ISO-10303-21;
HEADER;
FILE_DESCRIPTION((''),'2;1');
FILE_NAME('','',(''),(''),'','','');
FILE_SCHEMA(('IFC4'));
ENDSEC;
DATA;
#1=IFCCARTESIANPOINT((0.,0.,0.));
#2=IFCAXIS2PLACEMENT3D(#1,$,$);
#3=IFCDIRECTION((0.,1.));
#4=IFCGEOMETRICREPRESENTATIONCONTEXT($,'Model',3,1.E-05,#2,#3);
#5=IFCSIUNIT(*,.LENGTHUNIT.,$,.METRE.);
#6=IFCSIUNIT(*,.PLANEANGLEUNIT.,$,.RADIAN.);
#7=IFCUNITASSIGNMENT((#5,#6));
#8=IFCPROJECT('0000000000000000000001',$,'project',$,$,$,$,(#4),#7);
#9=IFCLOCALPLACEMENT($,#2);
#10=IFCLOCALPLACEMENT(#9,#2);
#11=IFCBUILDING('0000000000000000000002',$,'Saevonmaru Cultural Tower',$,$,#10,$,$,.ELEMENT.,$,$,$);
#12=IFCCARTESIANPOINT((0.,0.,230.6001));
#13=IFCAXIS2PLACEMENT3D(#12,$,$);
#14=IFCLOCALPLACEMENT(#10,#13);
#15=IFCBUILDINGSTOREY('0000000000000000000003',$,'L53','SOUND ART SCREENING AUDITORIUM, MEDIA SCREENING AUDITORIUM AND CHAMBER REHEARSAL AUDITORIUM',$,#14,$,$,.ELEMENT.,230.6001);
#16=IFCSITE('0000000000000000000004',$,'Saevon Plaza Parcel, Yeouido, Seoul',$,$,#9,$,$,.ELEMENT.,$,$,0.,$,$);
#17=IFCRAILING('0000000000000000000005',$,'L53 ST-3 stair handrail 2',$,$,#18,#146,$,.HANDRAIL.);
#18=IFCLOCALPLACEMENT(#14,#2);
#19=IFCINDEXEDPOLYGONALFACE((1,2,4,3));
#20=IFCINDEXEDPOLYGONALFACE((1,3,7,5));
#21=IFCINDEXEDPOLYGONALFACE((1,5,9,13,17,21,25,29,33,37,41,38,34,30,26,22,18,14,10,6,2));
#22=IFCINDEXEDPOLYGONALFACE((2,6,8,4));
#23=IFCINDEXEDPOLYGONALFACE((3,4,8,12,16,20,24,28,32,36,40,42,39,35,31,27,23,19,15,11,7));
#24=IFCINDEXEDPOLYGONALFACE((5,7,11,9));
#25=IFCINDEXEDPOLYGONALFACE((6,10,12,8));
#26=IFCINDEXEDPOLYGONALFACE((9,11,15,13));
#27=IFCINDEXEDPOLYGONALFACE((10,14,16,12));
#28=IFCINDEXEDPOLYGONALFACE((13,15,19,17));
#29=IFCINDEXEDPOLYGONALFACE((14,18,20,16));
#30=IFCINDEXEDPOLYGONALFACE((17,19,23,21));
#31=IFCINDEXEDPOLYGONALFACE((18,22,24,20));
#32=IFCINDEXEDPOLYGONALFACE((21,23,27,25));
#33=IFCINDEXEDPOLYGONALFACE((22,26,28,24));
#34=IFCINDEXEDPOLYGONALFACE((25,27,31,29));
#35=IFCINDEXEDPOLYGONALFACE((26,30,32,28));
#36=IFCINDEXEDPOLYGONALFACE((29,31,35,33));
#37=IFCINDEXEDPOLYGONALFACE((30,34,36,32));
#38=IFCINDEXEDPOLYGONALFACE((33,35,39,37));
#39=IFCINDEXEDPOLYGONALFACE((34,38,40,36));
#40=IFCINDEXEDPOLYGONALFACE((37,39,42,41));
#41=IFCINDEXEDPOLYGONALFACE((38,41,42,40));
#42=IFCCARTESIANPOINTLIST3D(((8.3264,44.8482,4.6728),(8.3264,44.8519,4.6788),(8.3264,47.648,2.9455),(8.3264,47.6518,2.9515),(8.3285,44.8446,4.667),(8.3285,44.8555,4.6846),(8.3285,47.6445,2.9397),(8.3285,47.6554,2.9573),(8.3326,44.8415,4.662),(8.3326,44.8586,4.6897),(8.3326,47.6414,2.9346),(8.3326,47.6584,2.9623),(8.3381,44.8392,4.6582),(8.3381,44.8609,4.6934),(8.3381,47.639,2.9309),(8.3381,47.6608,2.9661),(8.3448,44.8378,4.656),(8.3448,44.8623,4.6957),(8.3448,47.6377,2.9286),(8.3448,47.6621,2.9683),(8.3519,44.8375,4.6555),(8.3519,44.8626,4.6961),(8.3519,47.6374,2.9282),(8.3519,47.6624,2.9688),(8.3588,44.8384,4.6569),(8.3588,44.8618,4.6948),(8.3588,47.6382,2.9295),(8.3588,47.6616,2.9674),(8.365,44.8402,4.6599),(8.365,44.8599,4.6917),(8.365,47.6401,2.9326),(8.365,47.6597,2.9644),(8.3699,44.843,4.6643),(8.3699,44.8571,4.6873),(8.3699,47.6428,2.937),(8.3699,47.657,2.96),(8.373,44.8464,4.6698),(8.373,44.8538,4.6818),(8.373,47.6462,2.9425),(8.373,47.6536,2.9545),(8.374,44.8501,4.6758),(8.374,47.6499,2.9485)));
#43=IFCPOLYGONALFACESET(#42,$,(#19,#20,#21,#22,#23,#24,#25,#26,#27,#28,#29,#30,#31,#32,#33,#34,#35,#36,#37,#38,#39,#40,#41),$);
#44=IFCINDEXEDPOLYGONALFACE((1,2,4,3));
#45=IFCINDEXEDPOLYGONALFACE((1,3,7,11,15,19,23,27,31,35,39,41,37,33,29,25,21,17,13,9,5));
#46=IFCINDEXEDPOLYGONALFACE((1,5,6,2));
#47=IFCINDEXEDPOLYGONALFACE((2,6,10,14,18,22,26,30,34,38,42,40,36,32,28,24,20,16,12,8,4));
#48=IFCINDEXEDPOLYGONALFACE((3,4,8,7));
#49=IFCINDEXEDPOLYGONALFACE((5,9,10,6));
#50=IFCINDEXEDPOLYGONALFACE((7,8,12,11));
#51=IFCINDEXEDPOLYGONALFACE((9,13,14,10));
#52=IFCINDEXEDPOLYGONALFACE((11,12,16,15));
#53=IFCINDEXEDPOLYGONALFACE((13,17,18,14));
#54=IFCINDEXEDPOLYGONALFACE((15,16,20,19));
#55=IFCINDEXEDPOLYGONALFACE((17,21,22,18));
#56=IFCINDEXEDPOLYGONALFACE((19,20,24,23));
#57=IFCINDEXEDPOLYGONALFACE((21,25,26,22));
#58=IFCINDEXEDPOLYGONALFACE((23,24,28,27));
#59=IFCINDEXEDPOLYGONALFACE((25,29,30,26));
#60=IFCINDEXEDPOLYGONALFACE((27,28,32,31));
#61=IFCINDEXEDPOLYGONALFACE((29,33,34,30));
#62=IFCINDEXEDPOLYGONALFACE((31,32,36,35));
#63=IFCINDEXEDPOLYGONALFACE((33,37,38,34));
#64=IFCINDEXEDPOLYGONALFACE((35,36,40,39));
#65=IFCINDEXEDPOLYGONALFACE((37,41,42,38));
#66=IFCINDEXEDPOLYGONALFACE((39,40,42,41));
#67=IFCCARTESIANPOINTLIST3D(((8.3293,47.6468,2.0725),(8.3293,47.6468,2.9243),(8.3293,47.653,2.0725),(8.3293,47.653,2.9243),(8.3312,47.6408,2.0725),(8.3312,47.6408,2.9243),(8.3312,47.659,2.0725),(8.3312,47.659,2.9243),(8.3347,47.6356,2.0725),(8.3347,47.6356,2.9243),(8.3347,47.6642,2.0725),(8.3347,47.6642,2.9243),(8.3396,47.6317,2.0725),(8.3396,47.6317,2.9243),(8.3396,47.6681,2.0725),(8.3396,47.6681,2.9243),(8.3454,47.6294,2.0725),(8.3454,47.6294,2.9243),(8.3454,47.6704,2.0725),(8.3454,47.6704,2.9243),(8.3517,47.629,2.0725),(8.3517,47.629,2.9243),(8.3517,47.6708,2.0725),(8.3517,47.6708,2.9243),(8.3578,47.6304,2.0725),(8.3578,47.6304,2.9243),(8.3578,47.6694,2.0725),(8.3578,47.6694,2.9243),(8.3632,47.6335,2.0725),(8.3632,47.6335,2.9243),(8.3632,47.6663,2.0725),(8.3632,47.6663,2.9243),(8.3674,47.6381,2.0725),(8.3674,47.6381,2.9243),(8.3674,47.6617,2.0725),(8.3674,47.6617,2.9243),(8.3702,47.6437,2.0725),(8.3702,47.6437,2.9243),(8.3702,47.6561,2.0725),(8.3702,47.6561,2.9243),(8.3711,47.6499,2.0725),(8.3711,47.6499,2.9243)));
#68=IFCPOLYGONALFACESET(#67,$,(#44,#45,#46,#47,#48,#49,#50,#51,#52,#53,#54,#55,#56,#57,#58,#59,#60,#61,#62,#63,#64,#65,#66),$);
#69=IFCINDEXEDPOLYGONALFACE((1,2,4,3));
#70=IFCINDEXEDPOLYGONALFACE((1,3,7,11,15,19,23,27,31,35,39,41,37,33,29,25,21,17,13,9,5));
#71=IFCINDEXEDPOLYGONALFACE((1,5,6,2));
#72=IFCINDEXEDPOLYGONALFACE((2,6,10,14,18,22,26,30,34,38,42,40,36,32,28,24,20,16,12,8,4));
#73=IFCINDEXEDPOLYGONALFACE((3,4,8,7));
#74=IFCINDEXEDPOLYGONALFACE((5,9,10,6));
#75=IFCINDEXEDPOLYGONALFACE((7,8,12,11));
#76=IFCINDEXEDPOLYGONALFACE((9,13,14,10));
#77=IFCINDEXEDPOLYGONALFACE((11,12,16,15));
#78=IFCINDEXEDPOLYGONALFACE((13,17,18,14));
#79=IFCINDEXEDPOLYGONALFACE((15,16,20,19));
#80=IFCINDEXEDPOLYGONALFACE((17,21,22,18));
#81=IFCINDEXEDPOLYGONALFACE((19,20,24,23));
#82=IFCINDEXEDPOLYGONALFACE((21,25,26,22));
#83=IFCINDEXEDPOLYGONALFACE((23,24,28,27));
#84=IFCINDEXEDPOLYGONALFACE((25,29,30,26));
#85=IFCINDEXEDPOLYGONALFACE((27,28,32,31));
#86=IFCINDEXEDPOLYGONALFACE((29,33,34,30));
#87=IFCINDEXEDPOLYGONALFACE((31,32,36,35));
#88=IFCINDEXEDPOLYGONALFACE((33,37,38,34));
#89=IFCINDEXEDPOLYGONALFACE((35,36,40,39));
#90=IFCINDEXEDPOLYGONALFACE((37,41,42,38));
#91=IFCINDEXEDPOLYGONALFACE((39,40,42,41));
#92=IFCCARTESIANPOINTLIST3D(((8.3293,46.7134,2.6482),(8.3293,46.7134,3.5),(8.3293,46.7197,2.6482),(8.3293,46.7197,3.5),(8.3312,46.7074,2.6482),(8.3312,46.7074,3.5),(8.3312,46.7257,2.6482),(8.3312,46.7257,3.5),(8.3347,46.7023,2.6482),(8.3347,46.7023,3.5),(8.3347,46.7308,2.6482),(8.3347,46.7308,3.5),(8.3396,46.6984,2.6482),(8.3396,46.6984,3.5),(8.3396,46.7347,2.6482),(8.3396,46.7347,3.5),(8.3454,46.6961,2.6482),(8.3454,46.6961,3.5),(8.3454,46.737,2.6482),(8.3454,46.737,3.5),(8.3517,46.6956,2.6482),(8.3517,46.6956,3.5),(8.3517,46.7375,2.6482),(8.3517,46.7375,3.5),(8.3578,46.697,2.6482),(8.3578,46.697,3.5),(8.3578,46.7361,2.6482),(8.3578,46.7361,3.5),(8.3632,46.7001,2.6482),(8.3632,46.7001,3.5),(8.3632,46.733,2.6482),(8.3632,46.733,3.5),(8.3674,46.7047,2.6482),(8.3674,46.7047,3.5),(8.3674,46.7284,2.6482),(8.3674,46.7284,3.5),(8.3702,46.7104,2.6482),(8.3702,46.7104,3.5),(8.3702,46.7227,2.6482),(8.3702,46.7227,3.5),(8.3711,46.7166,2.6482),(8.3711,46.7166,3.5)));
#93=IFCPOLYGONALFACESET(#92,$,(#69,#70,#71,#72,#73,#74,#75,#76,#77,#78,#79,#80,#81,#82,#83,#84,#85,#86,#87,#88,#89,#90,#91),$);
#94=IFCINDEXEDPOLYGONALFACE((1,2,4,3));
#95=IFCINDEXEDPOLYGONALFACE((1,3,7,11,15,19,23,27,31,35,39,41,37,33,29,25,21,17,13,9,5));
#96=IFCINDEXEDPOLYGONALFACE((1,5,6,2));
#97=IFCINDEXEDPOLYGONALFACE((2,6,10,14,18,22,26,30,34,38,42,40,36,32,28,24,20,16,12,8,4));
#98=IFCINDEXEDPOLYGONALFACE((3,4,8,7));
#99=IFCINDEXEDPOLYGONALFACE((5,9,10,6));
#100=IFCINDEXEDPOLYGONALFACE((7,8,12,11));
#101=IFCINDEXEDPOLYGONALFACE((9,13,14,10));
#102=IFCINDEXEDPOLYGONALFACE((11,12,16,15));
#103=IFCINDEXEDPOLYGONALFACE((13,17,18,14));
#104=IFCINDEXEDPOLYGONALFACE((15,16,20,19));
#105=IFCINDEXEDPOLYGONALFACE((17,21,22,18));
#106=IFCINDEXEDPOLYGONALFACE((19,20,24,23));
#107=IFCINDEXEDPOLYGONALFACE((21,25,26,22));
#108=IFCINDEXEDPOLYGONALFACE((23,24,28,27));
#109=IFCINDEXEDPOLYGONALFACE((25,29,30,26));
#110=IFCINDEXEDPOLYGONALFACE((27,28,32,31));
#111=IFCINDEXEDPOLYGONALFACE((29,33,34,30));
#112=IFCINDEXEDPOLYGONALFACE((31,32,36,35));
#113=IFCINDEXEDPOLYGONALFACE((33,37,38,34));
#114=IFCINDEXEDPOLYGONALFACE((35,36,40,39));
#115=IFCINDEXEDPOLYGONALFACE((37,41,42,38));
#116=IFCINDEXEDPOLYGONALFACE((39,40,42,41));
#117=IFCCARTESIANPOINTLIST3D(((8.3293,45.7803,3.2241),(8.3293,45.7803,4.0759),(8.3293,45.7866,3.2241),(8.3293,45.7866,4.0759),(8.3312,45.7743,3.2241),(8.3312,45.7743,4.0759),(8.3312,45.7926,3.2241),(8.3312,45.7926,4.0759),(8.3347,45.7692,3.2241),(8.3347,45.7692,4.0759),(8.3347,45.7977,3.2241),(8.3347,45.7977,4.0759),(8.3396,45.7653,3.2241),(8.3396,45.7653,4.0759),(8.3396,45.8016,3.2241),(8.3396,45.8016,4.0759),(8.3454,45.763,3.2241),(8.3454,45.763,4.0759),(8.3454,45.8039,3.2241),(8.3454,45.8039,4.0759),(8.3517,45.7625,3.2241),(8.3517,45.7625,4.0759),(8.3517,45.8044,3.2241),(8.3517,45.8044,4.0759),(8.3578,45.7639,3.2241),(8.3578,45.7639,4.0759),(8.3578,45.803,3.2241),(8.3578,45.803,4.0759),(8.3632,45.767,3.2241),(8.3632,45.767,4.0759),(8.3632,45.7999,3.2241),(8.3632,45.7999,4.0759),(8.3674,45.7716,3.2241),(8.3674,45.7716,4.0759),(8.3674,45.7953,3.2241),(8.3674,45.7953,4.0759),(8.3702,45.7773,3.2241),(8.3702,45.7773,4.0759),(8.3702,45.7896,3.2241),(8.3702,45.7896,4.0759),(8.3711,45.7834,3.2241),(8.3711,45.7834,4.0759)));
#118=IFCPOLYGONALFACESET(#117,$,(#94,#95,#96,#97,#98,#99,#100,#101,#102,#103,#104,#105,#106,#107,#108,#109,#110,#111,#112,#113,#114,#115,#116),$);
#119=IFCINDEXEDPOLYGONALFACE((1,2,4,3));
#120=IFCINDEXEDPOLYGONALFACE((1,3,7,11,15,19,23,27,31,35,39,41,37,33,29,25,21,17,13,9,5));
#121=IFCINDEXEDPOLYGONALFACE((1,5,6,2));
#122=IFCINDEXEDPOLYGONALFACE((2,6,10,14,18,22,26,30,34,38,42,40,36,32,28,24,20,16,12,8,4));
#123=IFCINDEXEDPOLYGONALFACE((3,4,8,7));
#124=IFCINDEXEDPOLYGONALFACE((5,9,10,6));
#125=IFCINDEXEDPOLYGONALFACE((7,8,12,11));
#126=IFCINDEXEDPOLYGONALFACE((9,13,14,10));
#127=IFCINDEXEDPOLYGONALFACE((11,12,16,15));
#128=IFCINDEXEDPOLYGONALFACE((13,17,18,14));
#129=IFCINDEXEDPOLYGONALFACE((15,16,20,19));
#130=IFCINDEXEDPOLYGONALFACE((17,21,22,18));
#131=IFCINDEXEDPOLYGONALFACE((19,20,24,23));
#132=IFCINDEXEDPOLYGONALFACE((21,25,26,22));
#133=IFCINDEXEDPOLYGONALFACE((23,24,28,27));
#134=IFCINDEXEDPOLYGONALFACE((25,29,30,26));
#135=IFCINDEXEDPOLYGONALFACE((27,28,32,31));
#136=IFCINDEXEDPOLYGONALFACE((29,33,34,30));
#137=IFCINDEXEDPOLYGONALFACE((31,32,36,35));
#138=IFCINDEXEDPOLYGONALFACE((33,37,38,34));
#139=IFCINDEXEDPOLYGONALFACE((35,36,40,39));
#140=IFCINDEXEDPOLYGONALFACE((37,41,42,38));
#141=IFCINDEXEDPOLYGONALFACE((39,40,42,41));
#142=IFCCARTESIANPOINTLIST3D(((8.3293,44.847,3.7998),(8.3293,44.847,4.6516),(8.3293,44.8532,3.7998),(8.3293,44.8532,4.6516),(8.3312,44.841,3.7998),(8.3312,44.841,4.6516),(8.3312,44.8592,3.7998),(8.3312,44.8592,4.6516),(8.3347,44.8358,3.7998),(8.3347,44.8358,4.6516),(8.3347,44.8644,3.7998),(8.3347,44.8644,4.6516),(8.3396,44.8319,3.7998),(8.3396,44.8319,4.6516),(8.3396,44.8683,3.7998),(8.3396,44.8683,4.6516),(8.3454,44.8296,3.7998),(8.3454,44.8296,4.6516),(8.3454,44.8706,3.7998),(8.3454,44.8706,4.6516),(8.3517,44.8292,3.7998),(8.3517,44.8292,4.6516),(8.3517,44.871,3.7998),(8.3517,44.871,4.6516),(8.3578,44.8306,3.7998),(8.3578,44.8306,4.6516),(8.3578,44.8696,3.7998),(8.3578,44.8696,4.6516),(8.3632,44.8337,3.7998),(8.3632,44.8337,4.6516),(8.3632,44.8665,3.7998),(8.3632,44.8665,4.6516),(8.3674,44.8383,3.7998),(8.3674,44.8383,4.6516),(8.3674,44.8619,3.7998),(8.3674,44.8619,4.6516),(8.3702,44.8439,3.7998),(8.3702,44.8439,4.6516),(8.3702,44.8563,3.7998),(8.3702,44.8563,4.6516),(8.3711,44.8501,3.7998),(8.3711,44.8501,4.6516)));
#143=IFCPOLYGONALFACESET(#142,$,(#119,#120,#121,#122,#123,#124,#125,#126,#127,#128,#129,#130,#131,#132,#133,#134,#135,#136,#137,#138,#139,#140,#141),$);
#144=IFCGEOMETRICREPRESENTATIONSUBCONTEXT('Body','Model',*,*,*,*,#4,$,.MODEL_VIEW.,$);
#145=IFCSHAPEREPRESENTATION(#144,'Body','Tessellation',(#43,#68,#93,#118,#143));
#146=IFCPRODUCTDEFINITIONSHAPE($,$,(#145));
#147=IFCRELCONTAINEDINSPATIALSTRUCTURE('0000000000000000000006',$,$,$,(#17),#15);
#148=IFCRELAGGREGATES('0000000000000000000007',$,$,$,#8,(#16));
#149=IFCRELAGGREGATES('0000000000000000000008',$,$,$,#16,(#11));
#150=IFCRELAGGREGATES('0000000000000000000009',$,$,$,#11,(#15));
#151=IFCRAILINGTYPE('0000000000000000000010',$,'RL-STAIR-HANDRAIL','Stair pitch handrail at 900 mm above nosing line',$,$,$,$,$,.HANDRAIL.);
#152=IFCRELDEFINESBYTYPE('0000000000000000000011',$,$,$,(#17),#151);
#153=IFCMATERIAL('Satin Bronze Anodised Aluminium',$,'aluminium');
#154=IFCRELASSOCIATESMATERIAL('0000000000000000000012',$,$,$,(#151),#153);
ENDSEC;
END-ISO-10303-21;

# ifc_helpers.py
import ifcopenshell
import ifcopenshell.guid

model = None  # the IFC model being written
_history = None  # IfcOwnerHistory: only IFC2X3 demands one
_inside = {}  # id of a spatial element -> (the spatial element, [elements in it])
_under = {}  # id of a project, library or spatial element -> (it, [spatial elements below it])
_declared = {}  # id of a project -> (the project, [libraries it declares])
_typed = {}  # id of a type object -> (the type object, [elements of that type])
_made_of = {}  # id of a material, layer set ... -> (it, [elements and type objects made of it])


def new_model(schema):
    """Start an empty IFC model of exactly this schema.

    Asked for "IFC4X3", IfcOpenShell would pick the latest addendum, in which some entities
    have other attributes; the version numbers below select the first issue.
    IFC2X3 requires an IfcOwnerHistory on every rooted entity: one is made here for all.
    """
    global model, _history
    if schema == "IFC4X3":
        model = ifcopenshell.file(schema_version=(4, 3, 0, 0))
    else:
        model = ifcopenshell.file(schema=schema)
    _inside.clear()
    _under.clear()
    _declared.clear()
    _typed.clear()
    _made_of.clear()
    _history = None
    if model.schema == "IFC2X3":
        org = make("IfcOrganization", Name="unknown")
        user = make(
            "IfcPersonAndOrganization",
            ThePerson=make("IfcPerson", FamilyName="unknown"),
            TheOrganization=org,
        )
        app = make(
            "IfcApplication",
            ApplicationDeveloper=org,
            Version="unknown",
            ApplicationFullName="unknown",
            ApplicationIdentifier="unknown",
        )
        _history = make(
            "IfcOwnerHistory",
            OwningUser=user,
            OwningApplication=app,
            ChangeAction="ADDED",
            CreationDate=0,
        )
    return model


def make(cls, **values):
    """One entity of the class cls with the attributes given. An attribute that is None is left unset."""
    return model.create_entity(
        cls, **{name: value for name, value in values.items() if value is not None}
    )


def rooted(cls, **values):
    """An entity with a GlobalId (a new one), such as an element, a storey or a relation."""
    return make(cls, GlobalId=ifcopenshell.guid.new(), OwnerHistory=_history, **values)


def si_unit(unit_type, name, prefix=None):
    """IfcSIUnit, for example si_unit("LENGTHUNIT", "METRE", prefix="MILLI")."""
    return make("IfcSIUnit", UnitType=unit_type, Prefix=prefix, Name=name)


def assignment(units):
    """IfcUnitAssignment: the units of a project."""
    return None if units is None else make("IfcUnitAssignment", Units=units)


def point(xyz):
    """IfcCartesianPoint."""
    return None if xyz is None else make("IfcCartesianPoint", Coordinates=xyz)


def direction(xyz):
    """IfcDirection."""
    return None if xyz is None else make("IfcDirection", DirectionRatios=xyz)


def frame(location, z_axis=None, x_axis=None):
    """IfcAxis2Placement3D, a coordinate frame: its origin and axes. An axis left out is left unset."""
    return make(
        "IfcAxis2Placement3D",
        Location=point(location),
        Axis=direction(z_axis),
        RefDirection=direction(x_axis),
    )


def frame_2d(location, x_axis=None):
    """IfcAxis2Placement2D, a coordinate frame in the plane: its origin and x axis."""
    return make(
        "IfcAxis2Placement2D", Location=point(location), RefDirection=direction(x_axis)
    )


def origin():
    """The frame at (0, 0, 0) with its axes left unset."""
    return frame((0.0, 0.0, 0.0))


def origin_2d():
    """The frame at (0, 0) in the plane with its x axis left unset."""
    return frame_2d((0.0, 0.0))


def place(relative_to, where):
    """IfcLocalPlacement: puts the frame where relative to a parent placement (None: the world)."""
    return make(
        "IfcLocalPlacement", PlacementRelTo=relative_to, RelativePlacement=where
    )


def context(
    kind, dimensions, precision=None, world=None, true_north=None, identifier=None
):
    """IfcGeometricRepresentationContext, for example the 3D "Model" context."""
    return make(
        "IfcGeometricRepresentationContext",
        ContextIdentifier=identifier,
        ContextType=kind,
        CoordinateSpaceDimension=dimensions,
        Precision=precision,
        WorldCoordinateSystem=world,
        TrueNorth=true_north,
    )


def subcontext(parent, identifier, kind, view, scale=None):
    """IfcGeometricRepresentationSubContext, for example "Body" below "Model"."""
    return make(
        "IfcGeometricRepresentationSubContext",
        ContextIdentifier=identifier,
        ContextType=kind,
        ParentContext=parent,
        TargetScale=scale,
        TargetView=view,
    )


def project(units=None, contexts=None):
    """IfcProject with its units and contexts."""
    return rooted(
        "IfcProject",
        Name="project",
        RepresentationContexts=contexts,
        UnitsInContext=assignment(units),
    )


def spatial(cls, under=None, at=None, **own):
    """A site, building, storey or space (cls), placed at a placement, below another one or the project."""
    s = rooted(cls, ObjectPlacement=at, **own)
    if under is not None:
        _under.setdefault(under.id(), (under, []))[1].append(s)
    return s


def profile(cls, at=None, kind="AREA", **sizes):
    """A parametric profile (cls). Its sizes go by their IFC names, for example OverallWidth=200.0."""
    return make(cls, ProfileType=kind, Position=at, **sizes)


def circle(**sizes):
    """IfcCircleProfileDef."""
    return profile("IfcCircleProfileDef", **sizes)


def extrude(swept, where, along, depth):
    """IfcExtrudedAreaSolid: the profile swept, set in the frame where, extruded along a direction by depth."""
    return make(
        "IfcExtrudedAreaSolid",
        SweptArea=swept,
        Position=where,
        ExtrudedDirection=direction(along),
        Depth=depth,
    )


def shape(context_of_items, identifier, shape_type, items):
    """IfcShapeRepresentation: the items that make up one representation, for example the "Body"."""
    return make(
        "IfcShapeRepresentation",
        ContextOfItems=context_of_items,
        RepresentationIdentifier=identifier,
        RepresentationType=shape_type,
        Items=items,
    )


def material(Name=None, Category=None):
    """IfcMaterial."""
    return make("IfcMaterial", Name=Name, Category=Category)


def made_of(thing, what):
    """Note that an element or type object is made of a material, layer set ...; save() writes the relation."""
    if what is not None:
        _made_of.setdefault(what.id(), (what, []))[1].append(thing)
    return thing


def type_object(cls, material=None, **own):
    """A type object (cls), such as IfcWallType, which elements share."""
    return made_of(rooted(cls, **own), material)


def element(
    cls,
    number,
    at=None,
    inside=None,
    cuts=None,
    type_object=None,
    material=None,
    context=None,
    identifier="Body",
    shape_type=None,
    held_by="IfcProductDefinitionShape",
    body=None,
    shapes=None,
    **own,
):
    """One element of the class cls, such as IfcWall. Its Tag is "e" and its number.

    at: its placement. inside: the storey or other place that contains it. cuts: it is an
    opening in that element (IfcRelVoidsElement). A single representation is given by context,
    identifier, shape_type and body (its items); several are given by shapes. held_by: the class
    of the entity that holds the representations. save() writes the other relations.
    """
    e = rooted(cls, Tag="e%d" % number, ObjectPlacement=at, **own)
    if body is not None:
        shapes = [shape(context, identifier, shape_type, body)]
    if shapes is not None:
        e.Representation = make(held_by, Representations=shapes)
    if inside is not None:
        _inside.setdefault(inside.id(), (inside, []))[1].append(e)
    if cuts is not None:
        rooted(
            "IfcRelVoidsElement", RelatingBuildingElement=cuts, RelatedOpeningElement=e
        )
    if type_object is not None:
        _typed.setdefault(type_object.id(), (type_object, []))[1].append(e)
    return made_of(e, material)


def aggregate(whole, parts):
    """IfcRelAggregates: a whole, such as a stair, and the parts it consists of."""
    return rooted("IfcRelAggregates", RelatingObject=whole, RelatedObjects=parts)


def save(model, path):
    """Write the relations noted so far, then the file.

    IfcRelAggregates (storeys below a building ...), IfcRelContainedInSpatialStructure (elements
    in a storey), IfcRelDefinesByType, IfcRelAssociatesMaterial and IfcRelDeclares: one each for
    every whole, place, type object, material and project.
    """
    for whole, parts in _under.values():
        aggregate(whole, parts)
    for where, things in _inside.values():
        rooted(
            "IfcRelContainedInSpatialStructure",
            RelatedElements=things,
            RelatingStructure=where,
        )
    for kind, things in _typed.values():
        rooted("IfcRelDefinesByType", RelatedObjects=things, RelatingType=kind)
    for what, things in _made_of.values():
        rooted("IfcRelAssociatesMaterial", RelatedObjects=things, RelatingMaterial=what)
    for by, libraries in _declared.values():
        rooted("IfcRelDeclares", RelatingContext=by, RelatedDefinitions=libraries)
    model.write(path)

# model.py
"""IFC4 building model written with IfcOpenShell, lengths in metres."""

from ifc_helpers import new_model, si_unit, direction, frame, origin, origin_2d, place, context, subcontext, project, spatial, circle, extrude, material, type_object, element, save


model = new_model("IFC4")

# Units and contexts
model_context = context("Model", 3, precision=1e-05, world=origin(), true_north=direction((0.0, 1.0)))
body_context = subcontext(model_context, "Body", "Model", "MODEL_VIEW")
ifc_project = project(units=[si_unit("LENGTHUNIT", "METRE"), si_unit("PLANEANGLEUNIT", "RADIAN")], contexts=[model_context])

# Site, building, storey
site_placement = place(None, origin())
site = spatial("IfcSite", under=ifc_project, at=site_placement, Name="Saevon Plaza Parcel, Yeouido, Seoul", CompositionType="ELEMENT", RefElevation=0.0)
building_placement = place(site_placement, origin())
building = spatial("IfcBuilding", under=site, at=building_placement, Name="Saevonmaru Cultural Tower", CompositionType="ELEMENT")
storey_placement = place(building_placement, frame((0.0, 0.0, 230.6001)))
storey = spatial("IfcBuildingStorey", under=building, at=storey_placement, Name="L53", Description="SOUND ART SCREENING AUDITORIUM, MEDIA SCREENING AUDITORIUM AND CHAMBER REHEARSAL AUDITORIUM", CompositionType="ELEMENT", Elevation=230.6001)

# Shared definitions
ifc_material_1 = material(Name="Satin Bronze Anodised Aluminium", Category="aluminium")

# Railing
railing_type_1 = type_object("IfcRailingType", Name="RL-STAIR-HANDRAIL", Description="Stair pitch handrail at 900 mm above nosing line", PredefinedType="HANDRAIL", material=ifc_material_1)
railing_1_placement = place(storey_placement, frame((8.3501, 47.6499, 2.0725)))
element("IfcRailing", 1, at=railing_1_placement, inside=storey, type_object=railing_type_1, Name="L53 ST-3 stair handrail 2", PredefinedType="HANDRAIL", context=body_context, shape_type="SweptSolid", body=[
    extrude(circle(Radius=0.0239, at=origin_2d()), frame((0.0, 0.0, 0.876), z_axis=(0.0, -0.851069, 0.525054), x_axis=(1.0, 0.0, 0.0)), (0.0, 0.0, 1.0), 3.2898),
    extrude(circle(Radius=0.021, at=origin_2d()), origin(), (0.0, 0.0, 1.0), 0.8518),
    extrude(circle(Radius=0.021, at=origin_2d()), frame((0.0, -0.9333, 0.5757)), (0.0, 0.0, 1.0), 0.8518),
    extrude(circle(Radius=0.021, at=origin_2d()), frame((0.0, -1.8665, 1.1516)), (0.0, 0.0, 1.0), 0.8518),
    extrude(circle(Radius=0.021, at=origin_2d()), frame((0.0, -2.7998, 1.7273)), (0.0, 0.0, 1.0), 0.8518),
])

save(model, "model.ifc")
